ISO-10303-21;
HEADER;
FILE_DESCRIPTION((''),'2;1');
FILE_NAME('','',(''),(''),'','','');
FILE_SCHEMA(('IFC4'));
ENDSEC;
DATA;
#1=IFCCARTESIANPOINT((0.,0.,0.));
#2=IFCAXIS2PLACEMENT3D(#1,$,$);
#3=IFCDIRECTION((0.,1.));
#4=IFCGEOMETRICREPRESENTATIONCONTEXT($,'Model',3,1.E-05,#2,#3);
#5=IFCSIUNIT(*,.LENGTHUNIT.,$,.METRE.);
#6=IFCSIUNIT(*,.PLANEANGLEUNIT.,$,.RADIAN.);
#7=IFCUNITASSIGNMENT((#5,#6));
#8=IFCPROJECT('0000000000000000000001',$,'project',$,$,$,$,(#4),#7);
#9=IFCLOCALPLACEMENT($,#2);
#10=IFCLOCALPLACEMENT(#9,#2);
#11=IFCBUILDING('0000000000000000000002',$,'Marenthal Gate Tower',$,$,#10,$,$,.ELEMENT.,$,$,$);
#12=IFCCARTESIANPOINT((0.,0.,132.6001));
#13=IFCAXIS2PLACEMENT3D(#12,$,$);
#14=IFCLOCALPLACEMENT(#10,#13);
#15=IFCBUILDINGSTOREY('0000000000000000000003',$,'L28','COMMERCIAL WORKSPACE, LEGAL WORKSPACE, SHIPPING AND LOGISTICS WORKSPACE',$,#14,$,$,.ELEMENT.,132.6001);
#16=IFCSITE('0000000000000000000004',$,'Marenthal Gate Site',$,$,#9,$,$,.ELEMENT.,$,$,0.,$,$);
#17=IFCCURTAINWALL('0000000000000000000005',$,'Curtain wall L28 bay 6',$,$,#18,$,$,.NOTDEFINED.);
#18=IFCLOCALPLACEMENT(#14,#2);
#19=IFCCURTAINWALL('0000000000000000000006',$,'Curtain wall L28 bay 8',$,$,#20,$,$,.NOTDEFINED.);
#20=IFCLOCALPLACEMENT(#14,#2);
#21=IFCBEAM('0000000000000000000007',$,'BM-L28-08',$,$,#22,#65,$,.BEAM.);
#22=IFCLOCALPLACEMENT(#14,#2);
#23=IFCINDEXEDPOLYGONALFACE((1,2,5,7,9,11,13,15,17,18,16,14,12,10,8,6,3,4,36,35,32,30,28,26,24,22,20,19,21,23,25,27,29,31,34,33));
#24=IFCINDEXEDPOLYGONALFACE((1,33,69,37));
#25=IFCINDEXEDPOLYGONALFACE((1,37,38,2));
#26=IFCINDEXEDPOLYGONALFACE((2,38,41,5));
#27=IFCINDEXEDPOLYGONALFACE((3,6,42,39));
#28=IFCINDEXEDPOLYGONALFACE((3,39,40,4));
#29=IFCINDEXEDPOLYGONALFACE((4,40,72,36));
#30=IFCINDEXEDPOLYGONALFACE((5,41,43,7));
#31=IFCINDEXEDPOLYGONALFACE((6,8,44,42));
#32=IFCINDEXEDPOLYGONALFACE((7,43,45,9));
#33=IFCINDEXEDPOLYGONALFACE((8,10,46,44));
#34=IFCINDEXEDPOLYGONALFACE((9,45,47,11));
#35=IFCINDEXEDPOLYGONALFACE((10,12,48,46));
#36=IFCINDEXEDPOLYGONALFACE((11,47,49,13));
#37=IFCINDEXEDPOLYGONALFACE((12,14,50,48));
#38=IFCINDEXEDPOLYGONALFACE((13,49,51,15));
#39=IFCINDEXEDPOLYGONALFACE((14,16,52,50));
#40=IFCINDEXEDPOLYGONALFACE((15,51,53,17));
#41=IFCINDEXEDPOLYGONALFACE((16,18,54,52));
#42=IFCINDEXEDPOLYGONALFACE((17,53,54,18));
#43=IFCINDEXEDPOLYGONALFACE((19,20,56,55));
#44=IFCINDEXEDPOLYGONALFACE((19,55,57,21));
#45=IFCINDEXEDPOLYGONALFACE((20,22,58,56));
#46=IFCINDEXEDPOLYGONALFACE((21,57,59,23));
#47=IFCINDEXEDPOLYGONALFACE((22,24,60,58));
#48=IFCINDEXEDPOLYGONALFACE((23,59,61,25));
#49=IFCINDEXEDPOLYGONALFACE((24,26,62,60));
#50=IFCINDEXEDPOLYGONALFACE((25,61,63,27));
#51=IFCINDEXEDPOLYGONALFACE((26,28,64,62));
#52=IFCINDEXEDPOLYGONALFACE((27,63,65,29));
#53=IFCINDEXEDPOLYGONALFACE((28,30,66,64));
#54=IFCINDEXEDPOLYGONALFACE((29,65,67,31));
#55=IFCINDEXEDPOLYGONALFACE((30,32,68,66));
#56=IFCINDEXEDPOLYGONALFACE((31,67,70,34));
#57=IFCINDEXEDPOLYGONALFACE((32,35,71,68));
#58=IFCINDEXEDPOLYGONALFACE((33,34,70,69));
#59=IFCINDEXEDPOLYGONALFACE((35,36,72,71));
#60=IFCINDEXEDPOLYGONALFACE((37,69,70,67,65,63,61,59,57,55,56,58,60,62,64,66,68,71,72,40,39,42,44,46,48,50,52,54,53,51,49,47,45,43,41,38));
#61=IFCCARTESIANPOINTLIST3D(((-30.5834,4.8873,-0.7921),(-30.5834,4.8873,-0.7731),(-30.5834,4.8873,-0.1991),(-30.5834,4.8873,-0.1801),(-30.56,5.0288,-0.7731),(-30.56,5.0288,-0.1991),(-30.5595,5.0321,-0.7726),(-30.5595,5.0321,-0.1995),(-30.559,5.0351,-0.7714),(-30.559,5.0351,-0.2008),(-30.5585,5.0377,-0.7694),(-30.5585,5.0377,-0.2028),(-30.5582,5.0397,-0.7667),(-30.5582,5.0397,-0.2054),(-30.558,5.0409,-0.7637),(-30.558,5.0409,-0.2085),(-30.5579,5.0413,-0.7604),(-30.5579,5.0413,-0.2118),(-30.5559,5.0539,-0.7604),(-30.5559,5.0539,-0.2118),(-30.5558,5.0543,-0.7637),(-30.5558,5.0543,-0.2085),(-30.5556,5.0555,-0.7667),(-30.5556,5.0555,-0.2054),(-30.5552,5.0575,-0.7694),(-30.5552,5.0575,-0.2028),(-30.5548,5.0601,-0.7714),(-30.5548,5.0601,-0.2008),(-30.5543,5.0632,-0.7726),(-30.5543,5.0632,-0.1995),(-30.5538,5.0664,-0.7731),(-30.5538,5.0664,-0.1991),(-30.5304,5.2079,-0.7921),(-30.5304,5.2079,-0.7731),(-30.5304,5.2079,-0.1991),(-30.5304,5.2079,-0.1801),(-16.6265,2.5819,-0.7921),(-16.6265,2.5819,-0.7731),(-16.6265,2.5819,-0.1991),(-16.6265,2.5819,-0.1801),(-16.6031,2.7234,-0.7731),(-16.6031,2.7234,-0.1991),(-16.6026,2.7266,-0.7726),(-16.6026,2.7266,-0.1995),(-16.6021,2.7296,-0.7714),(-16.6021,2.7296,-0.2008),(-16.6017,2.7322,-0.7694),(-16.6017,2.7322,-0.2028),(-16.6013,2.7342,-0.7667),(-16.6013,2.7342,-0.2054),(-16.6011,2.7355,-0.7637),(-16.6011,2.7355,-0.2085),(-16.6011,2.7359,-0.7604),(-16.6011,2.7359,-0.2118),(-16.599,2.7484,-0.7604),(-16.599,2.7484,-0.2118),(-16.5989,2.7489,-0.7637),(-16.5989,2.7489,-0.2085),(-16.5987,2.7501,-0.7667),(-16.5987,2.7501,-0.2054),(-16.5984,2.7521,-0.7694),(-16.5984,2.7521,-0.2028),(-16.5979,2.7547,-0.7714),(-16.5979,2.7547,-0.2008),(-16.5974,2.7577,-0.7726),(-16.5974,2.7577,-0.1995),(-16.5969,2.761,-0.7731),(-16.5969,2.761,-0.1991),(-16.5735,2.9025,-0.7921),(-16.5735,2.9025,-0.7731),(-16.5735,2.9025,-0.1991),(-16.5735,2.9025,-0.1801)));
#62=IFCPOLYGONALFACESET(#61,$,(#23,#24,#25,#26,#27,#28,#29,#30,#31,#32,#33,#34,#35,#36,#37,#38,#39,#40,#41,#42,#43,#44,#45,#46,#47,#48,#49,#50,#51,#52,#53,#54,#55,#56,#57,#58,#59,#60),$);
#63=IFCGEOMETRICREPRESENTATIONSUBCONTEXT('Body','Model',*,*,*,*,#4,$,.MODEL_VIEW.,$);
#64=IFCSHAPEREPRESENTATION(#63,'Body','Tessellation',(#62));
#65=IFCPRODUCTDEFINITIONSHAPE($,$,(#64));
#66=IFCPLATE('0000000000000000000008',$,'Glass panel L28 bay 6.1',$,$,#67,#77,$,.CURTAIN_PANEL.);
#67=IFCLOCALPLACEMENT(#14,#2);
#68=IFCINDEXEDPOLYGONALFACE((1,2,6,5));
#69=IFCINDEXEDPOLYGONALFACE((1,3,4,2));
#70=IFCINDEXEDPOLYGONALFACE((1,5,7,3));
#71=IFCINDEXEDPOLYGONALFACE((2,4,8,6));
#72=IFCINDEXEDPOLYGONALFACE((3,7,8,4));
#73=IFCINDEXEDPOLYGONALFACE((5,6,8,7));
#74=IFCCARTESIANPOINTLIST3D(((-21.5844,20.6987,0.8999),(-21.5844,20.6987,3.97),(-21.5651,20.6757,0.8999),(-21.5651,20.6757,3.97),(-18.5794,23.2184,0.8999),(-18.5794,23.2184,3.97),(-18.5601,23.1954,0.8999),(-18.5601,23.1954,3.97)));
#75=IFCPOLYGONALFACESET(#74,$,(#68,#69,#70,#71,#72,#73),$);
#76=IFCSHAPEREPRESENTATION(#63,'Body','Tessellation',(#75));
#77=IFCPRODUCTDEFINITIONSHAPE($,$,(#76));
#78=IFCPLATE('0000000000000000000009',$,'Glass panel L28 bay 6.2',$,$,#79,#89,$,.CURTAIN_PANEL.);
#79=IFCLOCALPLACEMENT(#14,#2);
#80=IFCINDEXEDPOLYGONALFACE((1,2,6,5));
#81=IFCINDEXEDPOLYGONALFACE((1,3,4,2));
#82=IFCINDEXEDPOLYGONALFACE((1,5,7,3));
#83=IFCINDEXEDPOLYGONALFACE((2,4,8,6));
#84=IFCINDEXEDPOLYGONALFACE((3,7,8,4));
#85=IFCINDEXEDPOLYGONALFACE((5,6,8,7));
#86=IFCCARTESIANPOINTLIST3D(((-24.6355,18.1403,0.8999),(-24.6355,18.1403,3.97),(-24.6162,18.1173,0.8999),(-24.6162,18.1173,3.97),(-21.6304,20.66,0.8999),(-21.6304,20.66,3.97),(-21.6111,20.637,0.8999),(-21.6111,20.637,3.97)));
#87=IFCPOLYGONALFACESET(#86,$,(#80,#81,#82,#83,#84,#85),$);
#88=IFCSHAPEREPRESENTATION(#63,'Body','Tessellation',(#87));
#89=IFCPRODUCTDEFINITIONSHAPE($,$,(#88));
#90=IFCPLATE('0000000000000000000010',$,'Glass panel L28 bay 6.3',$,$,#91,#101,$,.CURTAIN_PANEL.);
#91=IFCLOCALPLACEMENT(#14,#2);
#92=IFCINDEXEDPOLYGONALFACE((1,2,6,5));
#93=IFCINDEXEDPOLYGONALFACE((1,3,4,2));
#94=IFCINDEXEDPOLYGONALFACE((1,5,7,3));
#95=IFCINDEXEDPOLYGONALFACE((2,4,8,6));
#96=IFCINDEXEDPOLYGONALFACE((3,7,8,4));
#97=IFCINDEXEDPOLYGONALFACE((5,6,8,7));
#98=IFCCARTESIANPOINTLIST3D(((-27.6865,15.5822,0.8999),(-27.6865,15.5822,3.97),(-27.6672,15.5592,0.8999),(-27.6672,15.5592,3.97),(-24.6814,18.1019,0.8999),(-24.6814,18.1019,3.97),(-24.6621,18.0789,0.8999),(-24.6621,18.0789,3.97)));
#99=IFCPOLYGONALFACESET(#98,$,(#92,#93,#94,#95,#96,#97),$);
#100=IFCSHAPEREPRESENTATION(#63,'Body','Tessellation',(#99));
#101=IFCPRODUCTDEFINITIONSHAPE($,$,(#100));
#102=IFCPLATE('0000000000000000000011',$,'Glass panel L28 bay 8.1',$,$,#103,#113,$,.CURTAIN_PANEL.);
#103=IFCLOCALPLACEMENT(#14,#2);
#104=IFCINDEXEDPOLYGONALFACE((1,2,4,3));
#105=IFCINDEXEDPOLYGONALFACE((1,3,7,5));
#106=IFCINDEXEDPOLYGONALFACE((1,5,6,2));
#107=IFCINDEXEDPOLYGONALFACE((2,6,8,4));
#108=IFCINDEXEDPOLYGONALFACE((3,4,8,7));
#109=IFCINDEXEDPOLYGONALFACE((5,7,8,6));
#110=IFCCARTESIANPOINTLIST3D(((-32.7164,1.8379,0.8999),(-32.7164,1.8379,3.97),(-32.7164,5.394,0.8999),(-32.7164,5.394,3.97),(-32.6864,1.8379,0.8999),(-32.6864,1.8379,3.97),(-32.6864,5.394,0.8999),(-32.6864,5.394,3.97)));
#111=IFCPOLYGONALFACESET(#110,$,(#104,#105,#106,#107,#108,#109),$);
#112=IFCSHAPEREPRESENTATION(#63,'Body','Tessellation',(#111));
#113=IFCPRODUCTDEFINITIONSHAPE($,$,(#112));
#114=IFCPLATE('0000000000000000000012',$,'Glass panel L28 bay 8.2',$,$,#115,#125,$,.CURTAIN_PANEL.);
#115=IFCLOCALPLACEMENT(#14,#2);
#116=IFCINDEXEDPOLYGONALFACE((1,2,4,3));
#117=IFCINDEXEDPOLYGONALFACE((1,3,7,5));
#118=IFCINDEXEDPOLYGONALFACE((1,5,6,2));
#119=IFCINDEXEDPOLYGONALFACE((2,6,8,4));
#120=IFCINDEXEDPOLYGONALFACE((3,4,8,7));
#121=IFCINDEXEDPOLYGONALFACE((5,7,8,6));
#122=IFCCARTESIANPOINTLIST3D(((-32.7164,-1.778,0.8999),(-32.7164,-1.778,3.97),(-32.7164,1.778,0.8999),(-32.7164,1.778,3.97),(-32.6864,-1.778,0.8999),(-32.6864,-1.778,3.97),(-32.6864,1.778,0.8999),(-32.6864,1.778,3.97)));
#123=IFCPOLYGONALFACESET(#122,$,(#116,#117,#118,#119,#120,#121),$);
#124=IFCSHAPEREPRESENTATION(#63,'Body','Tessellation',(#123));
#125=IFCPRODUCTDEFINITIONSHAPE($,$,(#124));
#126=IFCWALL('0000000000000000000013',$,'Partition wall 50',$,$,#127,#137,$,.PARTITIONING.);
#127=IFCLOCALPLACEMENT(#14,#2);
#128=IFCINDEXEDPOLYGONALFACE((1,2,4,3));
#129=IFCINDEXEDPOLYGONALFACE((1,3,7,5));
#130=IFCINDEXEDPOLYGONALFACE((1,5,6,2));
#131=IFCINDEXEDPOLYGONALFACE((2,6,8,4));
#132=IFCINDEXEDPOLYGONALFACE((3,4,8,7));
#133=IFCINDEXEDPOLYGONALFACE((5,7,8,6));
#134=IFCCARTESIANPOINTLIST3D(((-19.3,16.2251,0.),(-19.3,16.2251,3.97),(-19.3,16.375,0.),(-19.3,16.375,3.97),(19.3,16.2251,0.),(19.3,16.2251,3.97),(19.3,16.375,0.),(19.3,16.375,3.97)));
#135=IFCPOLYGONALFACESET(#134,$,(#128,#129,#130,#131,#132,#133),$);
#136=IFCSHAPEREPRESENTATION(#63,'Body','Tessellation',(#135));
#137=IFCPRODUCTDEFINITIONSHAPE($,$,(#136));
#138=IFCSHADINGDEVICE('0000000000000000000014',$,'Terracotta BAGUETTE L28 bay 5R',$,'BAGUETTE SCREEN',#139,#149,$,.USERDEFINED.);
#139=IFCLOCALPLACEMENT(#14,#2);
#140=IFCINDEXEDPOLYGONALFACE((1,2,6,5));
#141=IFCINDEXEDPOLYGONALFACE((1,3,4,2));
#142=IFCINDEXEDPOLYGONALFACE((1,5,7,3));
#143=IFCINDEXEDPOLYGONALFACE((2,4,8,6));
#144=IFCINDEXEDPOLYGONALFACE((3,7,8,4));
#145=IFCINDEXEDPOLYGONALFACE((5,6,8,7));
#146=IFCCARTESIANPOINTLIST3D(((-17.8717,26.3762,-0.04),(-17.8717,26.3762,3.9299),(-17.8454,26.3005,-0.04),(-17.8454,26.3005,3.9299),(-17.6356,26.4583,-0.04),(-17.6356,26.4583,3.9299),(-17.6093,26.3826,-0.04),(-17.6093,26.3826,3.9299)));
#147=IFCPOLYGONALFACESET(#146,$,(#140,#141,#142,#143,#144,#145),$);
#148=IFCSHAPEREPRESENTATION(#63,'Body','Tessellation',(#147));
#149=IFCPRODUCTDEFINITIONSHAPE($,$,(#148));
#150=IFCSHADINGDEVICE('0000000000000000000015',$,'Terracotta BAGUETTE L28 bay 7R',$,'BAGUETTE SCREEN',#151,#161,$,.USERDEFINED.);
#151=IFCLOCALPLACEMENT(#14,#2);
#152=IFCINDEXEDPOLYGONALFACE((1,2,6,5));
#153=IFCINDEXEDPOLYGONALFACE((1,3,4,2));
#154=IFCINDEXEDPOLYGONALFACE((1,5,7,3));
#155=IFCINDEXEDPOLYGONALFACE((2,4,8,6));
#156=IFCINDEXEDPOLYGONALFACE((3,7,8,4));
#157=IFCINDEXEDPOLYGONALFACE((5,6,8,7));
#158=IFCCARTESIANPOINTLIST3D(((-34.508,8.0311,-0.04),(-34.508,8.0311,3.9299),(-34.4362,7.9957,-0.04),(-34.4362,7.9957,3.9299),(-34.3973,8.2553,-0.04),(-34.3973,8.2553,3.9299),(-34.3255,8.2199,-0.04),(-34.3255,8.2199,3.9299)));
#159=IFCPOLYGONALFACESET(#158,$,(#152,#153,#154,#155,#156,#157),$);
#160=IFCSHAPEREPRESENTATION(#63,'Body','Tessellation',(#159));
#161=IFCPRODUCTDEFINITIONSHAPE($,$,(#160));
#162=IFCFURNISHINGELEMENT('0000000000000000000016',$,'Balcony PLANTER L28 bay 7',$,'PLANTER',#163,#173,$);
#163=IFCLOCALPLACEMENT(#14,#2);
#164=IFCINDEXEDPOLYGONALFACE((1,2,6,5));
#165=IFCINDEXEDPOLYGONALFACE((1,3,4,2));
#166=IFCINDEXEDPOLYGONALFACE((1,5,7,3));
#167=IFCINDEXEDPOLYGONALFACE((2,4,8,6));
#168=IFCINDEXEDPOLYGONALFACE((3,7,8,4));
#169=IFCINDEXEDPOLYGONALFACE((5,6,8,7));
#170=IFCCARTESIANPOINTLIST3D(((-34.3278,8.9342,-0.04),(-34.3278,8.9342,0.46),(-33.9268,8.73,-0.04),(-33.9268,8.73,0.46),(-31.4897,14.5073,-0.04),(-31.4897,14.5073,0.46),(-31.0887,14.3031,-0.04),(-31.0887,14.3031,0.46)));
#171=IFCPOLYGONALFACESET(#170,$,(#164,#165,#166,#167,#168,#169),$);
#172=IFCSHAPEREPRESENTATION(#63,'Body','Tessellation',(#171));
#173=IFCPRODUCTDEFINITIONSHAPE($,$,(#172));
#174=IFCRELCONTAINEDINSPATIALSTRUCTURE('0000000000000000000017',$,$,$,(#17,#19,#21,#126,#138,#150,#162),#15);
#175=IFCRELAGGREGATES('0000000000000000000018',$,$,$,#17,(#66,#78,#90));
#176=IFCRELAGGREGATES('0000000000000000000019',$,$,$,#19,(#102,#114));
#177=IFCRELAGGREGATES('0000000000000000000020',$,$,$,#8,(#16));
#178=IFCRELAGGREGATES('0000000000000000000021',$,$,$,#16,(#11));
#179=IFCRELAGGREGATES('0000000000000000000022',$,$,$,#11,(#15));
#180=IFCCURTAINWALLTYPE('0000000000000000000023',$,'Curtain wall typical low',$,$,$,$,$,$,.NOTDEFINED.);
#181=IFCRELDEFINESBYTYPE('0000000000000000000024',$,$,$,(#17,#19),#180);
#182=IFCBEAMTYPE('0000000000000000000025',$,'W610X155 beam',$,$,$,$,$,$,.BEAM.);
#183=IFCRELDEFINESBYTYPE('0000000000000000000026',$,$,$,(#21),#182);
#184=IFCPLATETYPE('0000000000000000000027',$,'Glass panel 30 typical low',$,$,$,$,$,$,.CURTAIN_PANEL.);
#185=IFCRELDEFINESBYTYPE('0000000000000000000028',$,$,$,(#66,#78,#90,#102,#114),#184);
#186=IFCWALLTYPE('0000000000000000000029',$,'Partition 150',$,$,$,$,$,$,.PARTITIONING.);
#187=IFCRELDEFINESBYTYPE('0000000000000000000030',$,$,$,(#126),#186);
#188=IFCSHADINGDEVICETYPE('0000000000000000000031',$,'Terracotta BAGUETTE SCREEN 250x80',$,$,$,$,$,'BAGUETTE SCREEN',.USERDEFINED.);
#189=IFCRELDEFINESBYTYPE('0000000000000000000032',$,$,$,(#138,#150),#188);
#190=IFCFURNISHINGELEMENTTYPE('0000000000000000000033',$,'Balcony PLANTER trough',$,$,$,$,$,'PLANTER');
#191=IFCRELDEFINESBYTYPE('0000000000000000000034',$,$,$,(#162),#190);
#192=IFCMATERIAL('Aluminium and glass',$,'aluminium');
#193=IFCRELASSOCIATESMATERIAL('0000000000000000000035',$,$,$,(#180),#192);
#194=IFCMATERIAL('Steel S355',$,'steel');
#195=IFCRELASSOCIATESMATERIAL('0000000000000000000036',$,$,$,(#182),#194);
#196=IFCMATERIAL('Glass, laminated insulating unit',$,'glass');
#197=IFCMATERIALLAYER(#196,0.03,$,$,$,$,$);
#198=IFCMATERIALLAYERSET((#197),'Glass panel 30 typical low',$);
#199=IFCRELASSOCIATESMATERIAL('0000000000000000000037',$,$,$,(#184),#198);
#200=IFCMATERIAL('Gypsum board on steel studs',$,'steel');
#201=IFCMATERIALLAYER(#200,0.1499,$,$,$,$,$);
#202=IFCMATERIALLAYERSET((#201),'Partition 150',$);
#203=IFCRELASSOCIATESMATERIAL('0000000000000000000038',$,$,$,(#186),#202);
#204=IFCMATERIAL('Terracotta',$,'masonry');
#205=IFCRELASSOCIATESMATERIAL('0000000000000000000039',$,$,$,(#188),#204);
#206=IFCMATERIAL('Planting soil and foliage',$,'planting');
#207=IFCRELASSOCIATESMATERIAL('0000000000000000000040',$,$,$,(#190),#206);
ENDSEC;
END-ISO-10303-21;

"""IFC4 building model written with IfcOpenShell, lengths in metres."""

from ifc_helpers import new_model, si_unit, direction, frame, frame_2d, origin, origin_2d, place, context, subcontext, project, spatial, rectangle, i_section, extrude, material, layer, layer_set, material_profile, profile_set, type_object, element, aggregate, save


model = new_model("IFC4")

# Units and contexts
model_context = context("Model", 3, precision=1e-05, world=origin(), true_north=direction((0.0, 1.0)))
body_context = subcontext(model_context, "Body", "Model", "MODEL_VIEW")
ifc_project = project(units=[si_unit("LENGTHUNIT", "METRE"), si_unit("PLANEANGLEUNIT", "RADIAN")], contexts=[model_context])

# Site, building, storey
site_placement = place(None, origin())
site = spatial("IfcSite", under=ifc_project, at=site_placement, Name="Marenthal Gate Site", CompositionType="ELEMENT", RefElevation=0.0)
building_placement = place(site_placement, origin())
building = spatial("IfcBuilding", under=site, at=building_placement, Name="Marenthal Gate Tower", CompositionType="ELEMENT")
storey_placement = place(building_placement, frame((0.0, 0.0, 132.6001)))
storey = spatial("IfcBuildingStorey", under=building, at=storey_placement, Name="L28", Description="COMMERCIAL WORKSPACE, LEGAL WORKSPACE, SHIPPING AND LOGISTICS WORKSPACE", CompositionType="ELEMENT", Elevation=132.6001)

# Curtain walls
ifc_material_1 = material(Name="Aluminium and glass", Category="aluminium")
curtain_wall_type = type_object("IfcCurtainWallType", Name="Curtain wall typical low", PredefinedType="NOTDEFINED", material=ifc_material_1)
curtain_wall_1_placement = place(storey_placement, origin())
curtain_wall_1 = element("IfcCurtainWall", 1, at=curtain_wall_1_placement, inside=storey, type_object=curtain_wall_type, Name="Curtain wall L28 bay 6", PredefinedType="NOTDEFINED")
curtain_wall_2_placement = place(storey_placement, origin())
curtain_wall_2 = element("IfcCurtainWall", 2, at=curtain_wall_2_placement, inside=storey, type_object=curtain_wall_type, Name="Curtain wall L28 bay 8", PredefinedType="NOTDEFINED")

# Beam
ifc_material_2 = material(Name="Steel S355", Category="steel")
ifc_material_profile_1 = material_profile(ifc_material_2, i_section(OverallWidth=0.325, OverallDepth=0.6121, WebThickness=0.0127, FlangeThickness=0.019, FilletRadius=0.0127, at=origin_2d()), Name="W610X155")
ifc_profile_set_1 = profile_set([ifc_material_profile_1], Name="Steel S355")
beam_type_1 = type_object("IfcBeamType", Name="W610X155 beam", PredefinedType="BEAM", material=ifc_profile_set_1)
beam_1_placement = place(storey_placement, frame((-30.5569, 5.0476, -0.4861), z_axis=(0.98663, -0.162974, 0.0), x_axis=(0.162974, 0.98663, 0.0)))
element("IfcBeam", 3, at=beam_1_placement, inside=storey, type_object=beam_type_1, Name="BM-L28-08", PredefinedType="BEAM", context=body_context, shape_type="SweptSolid", body=[
    extrude(i_section(OverallWidth=0.325, OverallDepth=0.6121, WebThickness=0.0127, FlangeThickness=0.019, FilletRadius=0.0127, at=origin_2d()), origin(), (0.0, 0.0, 1.0), 14.146),
])

# Plates
ifc_material_3 = material(Name="Glass, laminated insulating unit", Category="glass")
ifc_layer_1 = layer(ifc_material_3, 0.03)
ifc_layer_set_1 = layer_set([ifc_layer_1], Name="Glass panel 30 typical low")
plate_type = type_object("IfcPlateType", Name="Glass panel 30 typical low", PredefinedType="CURTAIN_PANEL", material=ifc_layer_set_1)
plate_1_placement = place(storey_placement, frame((-20.0723, 21.947, 0.8999), z_axis=(0.0, 0.0, 1.0), x_axis=(-0.766277, -0.642511, 0.0)))
plate_1 = element("IfcPlate", 4, at=plate_1_placement, type_object=plate_type, Name="Glass panel L28 bay 6.1", PredefinedType="CURTAIN_PANEL", context=body_context, shape_type="SweptSolid", body=[
    extrude(rectangle(XDim=3.9216, YDim=0.03, at=origin_2d()), origin(), (0.0, 0.0, 1.0), 3.0701),
])
plate_2_placement = place(storey_placement, frame((-23.1233, 19.3887, 0.8999), z_axis=(0.0, 0.0, 1.0), x_axis=(-0.766277, -0.642511, 0.0)))
plate_2 = element("IfcPlate", 5, at=plate_2_placement, type_object=plate_type, Name="Glass panel L28 bay 6.2", PredefinedType="CURTAIN_PANEL", context=body_context, shape_type="SweptSolid", body=[
    extrude(rectangle(XDim=3.9216, YDim=0.03, at=origin_2d()), origin(), (0.0, 0.0, 1.0), 3.0701),
])
plate_3_placement = place(storey_placement, frame((-26.1743, 16.8306, 0.8999), z_axis=(0.0, 0.0, 1.0), x_axis=(-0.766277, -0.642511, 0.0)))
plate_3 = element("IfcPlate", 6, at=plate_3_placement, type_object=plate_type, Name="Glass panel L28 bay 6.3", PredefinedType="CURTAIN_PANEL", context=body_context, shape_type="SweptSolid", body=[
    extrude(rectangle(XDim=3.9216, YDim=0.03, at=origin_2d()), origin(), (0.0, 0.0, 1.0), 3.0701),
])
aggregate(curtain_wall_1, [plate_1, plate_2, plate_3])
plate_4_placement = place(storey_placement, frame((-32.7014, 3.616, 0.8999), z_axis=(0.0, 0.0, 1.0), x_axis=(0.0, -1.0, 0.0)))
plate_4 = element("IfcPlate", 7, at=plate_4_placement, type_object=plate_type, Name="Glass panel L28 bay 8.1", PredefinedType="CURTAIN_PANEL", context=body_context, shape_type="SweptSolid", body=[
    extrude(rectangle(XDim=3.5562, YDim=0.03, at=origin_2d()), origin(), (0.0, 0.0, 1.0), 3.0701),
])
plate_5_placement = place(storey_placement, frame((-32.7014, 0.0, 0.8999), z_axis=(0.0, 0.0, 1.0), x_axis=(0.0, -1.0, 0.0)))
plate_5 = element("IfcPlate", 8, at=plate_5_placement, type_object=plate_type, Name="Glass panel L28 bay 8.2", PredefinedType="CURTAIN_PANEL", context=body_context, shape_type="SweptSolid", body=[
    extrude(rectangle(XDim=3.5559, YDim=0.03, at=origin_2d()), origin(), (0.0, 0.0, 1.0), 3.0701),
])
aggregate(curtain_wall_2, [plate_4, plate_5])

# Wall
ifc_material_4 = material(Name="Gypsum board on steel studs", Category="steel")
ifc_layer_2 = layer(ifc_material_4, 0.1499)
ifc_layer_set_2 = layer_set([ifc_layer_2], Name="Partition 150")
wall_type_1 = type_object("IfcWallType", Name="Partition 150", PredefinedType="PARTITIONING", material=ifc_layer_set_2)
wall_1_placement = place(storey_placement, frame((-19.3, 16.3, 0.0), z_axis=(0.0, 0.0, 1.0), x_axis=(1.0, 0.0, 0.0)))
element("IfcWall", 9, at=wall_1_placement, inside=storey, type_object=wall_type_1, Name="Partition wall 50", PredefinedType="PARTITIONING", context=body_context, shape_type="SweptSolid", body=[
    extrude(rectangle(XDim=38.6001, YDim=0.1499, at=frame_2d((19.3, 0.0))), origin(), (0.0, 0.0, 1.0), 3.97),
])

# Shading devices
ifc_material_5 = material(Name="Terracotta", Category="masonry")
ifc_material_profile_2 = material_profile(ifc_material_5, rectangle(XDim=0.25, YDim=0.0801, at=origin_2d()), Name="Terracotta baguette 250x80")
ifc_profile_set_2 = profile_set([ifc_material_profile_2], Name="Terracotta")
shading_device_type = type_object("IfcShadingDeviceType", Name="Terracotta BAGUETTE SCREEN 250x80", ElementType="BAGUETTE SCREEN", PredefinedType="USERDEFINED", material=ifc_profile_set_2)
for number, where, z_axis, x_axis, name in (
    (10, (-17.7405, 26.3794, -0.04), (0.0, 0.0, 1.0), (-0.944552, -0.328363, 0.0), "Terracotta BAGUETTE L28 bay 5R"),
    (11, (-34.4167, 8.1255, -0.04), (0.0, 0.0, 1.0), (-0.442572, -0.896733, 0.0), "Terracotta BAGUETTE L28 bay 7R"),
):
    element("IfcShadingDevice", number, at=place(storey_placement, frame(where, z_axis=z_axis, x_axis=x_axis)), inside=storey, type_object=shading_device_type, Name=name, ObjectType="BAGUETTE SCREEN", PredefinedType="USERDEFINED", context=body_context, shape_type="SweptSolid", body=[
        extrude(rectangle(XDim=0.25, YDim=0.0801, at=origin_2d()), origin(), (0.0, 0.0, 1.0), 3.97),
    ])

# Furnishing element
ifc_material_6 = material(Name="Planting soil and foliage", Category="planting")
furnishing_element_type = type_object("IfcFurnishingElementType", Name="Balcony PLANTER trough", ElementType="PLANTER", material=ifc_material_6)
furnishing_placement = place(storey_placement, frame((-32.7083, 11.6187, -0.04), z_axis=(0.0, 0.0, 1.0), x_axis=(-0.453791, -0.891108, 0.0)))
element("IfcFurnishingElement", 12, at=furnishing_placement, inside=storey, type_object=furnishing_element_type, Name="Balcony PLANTER L28 bay 7", ObjectType="PLANTER", context=body_context, shape_type="SweptSolid", body=[
    extrude(rectangle(XDim=6.2542, YDim=0.45, at=origin_2d()), origin(), (0.0, 0.0, 1.0), 0.5),
])

save(model, "model.ifc")
